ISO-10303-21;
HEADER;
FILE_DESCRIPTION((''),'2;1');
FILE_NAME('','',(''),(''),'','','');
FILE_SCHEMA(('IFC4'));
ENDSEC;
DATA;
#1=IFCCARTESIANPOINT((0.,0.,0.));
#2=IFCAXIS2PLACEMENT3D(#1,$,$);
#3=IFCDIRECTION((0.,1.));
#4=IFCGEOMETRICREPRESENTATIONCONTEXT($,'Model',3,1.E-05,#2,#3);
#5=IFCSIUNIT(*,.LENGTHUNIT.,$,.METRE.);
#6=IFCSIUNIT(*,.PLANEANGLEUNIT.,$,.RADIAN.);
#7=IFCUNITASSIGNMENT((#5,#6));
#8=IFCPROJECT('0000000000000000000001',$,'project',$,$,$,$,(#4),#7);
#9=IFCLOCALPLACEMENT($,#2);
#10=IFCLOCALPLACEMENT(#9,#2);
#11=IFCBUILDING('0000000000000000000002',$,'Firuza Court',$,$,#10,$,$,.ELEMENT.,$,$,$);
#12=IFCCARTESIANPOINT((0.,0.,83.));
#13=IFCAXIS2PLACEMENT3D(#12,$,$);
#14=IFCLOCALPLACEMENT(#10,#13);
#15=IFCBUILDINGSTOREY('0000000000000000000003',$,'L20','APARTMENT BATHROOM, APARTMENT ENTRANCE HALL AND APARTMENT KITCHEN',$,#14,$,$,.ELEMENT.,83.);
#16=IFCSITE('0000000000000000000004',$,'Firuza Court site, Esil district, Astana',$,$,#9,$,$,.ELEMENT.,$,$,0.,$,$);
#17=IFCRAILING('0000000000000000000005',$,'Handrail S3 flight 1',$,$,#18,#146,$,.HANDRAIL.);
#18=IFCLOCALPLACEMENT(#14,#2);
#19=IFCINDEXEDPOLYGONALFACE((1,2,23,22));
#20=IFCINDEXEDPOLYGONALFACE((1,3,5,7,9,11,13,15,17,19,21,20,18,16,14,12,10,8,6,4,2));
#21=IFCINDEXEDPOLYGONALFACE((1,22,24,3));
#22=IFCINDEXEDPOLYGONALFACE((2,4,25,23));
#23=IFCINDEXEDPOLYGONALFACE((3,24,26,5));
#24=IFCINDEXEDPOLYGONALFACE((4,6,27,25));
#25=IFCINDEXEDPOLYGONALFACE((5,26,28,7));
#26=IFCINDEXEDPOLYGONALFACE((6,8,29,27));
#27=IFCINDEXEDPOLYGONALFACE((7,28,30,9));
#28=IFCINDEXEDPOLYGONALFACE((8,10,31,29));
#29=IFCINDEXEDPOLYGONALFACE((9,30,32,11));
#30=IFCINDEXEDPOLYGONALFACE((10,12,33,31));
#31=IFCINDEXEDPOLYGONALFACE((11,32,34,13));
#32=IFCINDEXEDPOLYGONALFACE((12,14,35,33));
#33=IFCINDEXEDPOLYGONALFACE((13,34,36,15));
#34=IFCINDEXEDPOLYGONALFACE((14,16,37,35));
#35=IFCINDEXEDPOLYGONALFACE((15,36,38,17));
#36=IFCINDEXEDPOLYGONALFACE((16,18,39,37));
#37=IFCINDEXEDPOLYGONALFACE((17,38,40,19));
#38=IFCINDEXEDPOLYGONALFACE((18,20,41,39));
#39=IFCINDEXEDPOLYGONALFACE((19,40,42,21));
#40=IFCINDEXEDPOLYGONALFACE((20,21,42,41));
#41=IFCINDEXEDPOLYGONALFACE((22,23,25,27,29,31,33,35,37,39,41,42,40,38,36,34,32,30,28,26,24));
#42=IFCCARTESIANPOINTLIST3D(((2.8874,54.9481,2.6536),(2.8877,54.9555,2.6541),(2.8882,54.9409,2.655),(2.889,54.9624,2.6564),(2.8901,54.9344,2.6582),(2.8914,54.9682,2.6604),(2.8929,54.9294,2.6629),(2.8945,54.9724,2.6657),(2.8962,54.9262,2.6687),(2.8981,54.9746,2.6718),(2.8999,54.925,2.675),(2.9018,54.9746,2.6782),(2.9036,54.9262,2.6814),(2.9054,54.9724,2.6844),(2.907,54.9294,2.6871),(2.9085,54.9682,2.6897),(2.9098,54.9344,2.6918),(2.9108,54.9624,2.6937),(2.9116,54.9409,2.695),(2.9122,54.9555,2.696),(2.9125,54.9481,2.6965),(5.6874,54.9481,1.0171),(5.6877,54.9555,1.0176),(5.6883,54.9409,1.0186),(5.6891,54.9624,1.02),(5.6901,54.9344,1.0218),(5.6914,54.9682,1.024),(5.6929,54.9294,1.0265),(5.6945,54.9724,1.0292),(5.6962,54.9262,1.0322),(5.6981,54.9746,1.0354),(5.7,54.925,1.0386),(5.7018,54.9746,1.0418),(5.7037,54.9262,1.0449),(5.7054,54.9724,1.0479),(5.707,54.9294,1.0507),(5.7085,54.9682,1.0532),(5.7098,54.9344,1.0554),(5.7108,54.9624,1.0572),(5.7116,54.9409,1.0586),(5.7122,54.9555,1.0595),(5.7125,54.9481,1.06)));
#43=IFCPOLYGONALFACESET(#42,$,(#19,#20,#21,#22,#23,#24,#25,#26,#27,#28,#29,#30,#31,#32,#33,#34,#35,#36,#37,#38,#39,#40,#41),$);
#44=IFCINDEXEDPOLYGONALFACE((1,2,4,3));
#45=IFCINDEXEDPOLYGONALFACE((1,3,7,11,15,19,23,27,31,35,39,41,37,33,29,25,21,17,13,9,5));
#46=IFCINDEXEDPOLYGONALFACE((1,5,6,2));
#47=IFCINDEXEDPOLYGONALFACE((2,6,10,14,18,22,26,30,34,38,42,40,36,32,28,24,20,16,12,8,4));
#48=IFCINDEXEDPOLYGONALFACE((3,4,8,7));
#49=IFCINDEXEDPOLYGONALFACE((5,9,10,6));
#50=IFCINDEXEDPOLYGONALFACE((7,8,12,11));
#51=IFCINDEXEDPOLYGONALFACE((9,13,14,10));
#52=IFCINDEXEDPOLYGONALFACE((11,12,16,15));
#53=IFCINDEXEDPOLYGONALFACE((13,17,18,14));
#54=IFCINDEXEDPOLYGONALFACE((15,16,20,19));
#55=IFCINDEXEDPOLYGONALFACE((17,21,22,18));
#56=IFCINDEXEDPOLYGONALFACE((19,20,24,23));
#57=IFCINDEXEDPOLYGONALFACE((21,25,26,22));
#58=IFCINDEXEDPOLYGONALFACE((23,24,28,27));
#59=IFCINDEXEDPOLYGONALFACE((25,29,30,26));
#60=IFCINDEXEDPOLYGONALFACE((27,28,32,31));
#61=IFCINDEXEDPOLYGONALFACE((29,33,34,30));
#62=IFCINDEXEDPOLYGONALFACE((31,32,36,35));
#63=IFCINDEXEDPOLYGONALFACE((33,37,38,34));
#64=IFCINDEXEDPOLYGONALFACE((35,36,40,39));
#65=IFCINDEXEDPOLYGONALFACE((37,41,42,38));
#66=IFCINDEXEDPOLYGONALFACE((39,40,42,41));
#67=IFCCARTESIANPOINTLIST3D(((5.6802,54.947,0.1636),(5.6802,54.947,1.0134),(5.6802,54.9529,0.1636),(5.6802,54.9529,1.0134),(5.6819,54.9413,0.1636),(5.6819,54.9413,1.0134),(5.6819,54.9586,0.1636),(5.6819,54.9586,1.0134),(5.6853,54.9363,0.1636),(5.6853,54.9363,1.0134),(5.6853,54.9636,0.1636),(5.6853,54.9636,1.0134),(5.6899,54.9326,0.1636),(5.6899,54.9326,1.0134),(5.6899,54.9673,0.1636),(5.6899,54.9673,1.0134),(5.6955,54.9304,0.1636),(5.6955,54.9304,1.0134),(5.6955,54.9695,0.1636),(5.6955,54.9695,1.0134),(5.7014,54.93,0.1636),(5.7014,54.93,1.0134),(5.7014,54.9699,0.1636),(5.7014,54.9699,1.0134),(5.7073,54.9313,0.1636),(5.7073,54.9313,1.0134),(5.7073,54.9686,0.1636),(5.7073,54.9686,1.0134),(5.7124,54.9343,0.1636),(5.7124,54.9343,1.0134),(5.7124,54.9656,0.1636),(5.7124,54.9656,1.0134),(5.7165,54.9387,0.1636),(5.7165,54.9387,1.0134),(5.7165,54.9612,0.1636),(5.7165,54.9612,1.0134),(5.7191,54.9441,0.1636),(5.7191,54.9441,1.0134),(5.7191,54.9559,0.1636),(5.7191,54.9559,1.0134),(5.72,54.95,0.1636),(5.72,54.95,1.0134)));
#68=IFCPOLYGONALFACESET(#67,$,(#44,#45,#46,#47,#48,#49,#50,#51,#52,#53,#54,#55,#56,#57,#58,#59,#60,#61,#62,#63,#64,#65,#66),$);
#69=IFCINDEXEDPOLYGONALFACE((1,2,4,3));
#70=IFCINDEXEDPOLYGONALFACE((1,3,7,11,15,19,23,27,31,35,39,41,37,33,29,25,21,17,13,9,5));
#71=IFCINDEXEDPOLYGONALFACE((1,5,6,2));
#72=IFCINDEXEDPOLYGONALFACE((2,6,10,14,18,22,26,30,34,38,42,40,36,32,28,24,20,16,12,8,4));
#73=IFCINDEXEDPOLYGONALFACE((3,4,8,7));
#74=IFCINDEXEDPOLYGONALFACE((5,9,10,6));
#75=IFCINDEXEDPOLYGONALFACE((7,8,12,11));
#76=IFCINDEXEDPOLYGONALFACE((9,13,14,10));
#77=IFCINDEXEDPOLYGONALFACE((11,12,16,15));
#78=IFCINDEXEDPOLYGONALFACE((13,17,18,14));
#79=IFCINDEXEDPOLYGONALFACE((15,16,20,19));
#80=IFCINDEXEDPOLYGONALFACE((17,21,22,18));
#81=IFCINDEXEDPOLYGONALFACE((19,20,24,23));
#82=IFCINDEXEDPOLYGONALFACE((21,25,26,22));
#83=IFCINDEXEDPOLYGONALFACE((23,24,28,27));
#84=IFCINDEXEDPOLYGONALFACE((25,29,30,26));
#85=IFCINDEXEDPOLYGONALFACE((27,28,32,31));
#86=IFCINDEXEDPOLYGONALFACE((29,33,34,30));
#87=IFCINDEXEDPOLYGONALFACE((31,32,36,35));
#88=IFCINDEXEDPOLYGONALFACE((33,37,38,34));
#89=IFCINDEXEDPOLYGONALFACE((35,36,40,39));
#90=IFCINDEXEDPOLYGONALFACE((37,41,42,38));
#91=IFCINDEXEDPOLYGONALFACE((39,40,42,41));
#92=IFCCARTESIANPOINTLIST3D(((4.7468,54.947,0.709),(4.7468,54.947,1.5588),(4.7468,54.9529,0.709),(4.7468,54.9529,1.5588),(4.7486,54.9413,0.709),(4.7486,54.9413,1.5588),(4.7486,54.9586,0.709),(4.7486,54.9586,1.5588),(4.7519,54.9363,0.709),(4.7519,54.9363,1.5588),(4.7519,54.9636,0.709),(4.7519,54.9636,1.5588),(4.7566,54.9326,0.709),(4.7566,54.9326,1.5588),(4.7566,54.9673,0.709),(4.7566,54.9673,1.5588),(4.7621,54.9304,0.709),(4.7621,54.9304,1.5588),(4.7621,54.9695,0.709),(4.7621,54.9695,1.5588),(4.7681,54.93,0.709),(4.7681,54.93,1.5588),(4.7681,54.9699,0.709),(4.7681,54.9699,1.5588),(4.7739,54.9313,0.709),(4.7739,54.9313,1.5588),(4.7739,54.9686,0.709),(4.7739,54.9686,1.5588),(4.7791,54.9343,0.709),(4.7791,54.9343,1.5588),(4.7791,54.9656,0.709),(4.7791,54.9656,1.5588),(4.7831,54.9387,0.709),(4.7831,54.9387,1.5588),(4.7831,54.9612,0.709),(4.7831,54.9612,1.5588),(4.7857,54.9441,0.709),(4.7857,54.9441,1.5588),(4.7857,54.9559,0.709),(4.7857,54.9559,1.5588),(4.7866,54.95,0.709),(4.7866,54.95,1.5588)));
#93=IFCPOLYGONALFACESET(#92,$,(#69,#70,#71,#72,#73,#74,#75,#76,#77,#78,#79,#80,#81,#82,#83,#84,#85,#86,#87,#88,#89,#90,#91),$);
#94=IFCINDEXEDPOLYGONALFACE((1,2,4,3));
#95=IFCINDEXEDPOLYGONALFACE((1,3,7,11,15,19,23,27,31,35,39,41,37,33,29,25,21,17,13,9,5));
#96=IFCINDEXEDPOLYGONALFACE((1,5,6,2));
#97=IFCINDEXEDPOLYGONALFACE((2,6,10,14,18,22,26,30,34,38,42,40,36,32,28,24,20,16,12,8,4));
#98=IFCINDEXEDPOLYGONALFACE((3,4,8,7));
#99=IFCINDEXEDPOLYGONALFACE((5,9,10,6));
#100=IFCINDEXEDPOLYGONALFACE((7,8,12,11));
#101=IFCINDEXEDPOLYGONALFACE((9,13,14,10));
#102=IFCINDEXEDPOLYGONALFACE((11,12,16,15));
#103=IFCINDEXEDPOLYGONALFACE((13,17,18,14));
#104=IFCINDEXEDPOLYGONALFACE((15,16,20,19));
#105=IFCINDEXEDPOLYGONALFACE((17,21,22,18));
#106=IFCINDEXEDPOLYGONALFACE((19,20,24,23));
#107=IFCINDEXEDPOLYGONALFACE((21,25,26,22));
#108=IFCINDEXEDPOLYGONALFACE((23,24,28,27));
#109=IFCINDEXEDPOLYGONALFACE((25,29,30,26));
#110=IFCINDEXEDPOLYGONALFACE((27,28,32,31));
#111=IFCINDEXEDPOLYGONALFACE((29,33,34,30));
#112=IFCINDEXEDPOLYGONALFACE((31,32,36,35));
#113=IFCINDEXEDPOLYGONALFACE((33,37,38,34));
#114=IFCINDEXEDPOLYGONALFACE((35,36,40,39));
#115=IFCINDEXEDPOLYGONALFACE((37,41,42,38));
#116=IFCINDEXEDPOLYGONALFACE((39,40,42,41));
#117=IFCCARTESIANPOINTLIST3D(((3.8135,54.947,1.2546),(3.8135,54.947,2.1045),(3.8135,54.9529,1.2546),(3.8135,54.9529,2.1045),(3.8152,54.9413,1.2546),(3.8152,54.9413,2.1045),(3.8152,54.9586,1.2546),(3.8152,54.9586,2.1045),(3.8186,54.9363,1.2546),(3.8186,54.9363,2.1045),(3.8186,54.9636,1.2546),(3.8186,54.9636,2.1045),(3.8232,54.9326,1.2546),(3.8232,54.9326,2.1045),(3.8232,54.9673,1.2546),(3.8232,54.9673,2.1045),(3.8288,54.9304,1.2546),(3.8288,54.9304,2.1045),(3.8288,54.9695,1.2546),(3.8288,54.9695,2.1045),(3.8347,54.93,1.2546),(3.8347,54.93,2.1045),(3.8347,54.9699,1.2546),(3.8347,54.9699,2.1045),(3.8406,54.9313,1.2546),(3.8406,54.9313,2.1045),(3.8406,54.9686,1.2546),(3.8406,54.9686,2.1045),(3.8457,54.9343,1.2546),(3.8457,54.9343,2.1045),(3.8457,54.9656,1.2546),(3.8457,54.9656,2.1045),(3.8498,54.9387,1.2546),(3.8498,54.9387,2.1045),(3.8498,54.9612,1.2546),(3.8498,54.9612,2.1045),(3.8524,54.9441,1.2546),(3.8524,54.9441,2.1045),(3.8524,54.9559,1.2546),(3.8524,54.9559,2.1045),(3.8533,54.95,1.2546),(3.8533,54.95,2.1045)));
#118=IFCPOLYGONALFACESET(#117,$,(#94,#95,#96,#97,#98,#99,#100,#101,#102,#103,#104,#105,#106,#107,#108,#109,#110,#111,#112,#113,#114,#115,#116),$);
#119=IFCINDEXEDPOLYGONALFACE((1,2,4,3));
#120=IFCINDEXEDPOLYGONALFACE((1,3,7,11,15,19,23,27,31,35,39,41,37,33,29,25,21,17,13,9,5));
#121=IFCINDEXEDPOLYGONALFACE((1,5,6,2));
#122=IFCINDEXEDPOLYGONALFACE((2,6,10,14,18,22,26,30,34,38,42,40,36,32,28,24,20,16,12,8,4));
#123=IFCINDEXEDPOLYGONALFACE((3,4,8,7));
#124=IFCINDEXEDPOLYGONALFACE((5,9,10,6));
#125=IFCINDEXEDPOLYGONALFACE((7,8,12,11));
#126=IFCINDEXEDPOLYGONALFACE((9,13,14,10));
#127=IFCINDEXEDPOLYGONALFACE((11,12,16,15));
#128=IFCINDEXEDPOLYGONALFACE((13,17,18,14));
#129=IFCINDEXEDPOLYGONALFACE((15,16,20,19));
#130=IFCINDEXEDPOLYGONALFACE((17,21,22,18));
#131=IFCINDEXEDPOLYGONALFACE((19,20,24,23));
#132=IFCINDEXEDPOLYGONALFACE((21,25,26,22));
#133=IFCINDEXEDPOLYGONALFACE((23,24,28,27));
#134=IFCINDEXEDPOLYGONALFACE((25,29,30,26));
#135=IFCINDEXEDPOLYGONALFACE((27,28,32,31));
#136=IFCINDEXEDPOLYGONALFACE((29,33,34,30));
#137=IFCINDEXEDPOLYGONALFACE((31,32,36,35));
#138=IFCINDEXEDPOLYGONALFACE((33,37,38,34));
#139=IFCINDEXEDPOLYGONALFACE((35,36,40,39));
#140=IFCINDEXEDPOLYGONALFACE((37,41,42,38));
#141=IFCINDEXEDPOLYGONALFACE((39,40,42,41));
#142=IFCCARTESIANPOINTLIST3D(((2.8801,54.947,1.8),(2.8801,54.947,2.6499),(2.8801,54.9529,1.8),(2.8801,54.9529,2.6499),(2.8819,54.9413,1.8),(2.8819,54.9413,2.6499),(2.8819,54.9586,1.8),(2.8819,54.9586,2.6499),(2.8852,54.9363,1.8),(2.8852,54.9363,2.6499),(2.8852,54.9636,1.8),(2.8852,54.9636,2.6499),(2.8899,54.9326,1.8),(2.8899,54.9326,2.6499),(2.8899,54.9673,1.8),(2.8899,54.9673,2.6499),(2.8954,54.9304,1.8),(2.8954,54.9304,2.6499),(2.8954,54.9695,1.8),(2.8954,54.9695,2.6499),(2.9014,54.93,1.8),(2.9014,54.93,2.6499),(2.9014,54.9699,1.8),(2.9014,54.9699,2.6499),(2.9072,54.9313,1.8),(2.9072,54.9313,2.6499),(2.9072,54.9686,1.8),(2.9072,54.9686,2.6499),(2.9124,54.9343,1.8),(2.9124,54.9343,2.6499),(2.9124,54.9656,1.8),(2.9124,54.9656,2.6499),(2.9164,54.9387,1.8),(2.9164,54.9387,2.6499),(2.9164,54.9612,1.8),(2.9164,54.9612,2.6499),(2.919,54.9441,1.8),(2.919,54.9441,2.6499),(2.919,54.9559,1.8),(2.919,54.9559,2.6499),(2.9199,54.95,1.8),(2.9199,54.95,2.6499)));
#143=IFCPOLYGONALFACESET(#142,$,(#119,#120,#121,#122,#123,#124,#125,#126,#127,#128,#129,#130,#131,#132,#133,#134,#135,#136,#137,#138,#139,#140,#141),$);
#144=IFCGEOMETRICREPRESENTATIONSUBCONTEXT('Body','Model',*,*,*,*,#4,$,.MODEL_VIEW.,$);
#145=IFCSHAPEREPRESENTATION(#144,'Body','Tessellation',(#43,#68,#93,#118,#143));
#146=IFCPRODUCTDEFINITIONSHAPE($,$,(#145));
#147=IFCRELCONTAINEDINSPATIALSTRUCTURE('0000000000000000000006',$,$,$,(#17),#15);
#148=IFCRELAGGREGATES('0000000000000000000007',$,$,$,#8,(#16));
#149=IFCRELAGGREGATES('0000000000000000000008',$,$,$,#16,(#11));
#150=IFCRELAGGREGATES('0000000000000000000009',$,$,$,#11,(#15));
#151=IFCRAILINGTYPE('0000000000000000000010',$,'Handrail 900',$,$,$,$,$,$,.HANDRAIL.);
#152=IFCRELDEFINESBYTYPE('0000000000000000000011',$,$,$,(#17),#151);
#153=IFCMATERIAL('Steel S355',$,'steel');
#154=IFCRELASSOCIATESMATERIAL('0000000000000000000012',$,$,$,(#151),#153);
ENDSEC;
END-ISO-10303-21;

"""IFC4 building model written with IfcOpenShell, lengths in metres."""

from ifc_helpers import new_model, si_unit, direction, frame, origin, origin_2d, place, context, subcontext, project, spatial, circle, extrude, material, type_object, element, save


model = new_model("IFC4")

# Units and contexts
model_context = context("Model", 3, precision=1e-05, world=origin(), true_north=direction((0.0, 1.0)))
body_context = subcontext(model_context, "Body", "Model", "MODEL_VIEW")
ifc_project = project(units=[si_unit("LENGTHUNIT", "METRE"), si_unit("PLANEANGLEUNIT", "RADIAN")], contexts=[model_context])

# Site, building, storey
site_placement = place(None, origin())
site = spatial("IfcSite", under=ifc_project, at=site_placement, Name="Firuza Court site, Esil district, Astana", CompositionType="ELEMENT", RefElevation=0.0)
building_placement = place(site_placement, origin())
building = spatial("IfcBuilding", under=site, at=building_placement, Name="Firuza Court", CompositionType="ELEMENT")
storey_placement = place(building_placement, frame((0.0, 0.0, 83.0)))
storey = spatial("IfcBuildingStorey", under=building, at=storey_placement, Name="L20", Description="APARTMENT BATHROOM, APARTMENT ENTRANCE HALL AND APARTMENT KITCHEN", CompositionType="ELEMENT", Elevation=83.0)

# Railing
ifc_material_1 = material(Name="Steel S355", Category="steel")
railing_type_1 = type_object("IfcRailingType", Name="Handrail 900", PredefinedType="HANDRAIL", material=ifc_material_1)
railing_1_placement = place(storey_placement, frame((5.7, 54.95, 0.1636)))
element("IfcRailing", 1, at=railing_1_placement, inside=storey, type_object=railing_type_1, Name="Handrail S3 flight 1", PredefinedType="HANDRAIL", context=body_context, shape_type="SweptSolid", body=[
    extrude(circle(Radius=0.0249, at=origin_2d()), frame((0.0, 0.0, 0.875), z_axis=(-0.863361, 0.0, 0.504587), x_axis=(0.0, -1.0, 0.0)), (0.0, 0.0, 1.0), 3.2432),
    extrude(circle(Radius=0.02, at=origin_2d()), origin(), (0.0, 0.0, 1.0), 0.8499),
    extrude(circle(Radius=0.02, at=origin_2d()), frame((-0.9333, 0.0, 0.5454)), (0.0, 0.0, 1.0), 0.8499),
    extrude(circle(Radius=0.02, at=origin_2d()), frame((-1.8667, 0.0, 1.0911)), (0.0, 0.0, 1.0), 0.8499),
    extrude(circle(Radius=0.02, at=origin_2d()), frame((-2.8, 0.0, 1.6365)), (0.0, 0.0, 1.0), 0.8499),
])

save(model, "model.ifc")
